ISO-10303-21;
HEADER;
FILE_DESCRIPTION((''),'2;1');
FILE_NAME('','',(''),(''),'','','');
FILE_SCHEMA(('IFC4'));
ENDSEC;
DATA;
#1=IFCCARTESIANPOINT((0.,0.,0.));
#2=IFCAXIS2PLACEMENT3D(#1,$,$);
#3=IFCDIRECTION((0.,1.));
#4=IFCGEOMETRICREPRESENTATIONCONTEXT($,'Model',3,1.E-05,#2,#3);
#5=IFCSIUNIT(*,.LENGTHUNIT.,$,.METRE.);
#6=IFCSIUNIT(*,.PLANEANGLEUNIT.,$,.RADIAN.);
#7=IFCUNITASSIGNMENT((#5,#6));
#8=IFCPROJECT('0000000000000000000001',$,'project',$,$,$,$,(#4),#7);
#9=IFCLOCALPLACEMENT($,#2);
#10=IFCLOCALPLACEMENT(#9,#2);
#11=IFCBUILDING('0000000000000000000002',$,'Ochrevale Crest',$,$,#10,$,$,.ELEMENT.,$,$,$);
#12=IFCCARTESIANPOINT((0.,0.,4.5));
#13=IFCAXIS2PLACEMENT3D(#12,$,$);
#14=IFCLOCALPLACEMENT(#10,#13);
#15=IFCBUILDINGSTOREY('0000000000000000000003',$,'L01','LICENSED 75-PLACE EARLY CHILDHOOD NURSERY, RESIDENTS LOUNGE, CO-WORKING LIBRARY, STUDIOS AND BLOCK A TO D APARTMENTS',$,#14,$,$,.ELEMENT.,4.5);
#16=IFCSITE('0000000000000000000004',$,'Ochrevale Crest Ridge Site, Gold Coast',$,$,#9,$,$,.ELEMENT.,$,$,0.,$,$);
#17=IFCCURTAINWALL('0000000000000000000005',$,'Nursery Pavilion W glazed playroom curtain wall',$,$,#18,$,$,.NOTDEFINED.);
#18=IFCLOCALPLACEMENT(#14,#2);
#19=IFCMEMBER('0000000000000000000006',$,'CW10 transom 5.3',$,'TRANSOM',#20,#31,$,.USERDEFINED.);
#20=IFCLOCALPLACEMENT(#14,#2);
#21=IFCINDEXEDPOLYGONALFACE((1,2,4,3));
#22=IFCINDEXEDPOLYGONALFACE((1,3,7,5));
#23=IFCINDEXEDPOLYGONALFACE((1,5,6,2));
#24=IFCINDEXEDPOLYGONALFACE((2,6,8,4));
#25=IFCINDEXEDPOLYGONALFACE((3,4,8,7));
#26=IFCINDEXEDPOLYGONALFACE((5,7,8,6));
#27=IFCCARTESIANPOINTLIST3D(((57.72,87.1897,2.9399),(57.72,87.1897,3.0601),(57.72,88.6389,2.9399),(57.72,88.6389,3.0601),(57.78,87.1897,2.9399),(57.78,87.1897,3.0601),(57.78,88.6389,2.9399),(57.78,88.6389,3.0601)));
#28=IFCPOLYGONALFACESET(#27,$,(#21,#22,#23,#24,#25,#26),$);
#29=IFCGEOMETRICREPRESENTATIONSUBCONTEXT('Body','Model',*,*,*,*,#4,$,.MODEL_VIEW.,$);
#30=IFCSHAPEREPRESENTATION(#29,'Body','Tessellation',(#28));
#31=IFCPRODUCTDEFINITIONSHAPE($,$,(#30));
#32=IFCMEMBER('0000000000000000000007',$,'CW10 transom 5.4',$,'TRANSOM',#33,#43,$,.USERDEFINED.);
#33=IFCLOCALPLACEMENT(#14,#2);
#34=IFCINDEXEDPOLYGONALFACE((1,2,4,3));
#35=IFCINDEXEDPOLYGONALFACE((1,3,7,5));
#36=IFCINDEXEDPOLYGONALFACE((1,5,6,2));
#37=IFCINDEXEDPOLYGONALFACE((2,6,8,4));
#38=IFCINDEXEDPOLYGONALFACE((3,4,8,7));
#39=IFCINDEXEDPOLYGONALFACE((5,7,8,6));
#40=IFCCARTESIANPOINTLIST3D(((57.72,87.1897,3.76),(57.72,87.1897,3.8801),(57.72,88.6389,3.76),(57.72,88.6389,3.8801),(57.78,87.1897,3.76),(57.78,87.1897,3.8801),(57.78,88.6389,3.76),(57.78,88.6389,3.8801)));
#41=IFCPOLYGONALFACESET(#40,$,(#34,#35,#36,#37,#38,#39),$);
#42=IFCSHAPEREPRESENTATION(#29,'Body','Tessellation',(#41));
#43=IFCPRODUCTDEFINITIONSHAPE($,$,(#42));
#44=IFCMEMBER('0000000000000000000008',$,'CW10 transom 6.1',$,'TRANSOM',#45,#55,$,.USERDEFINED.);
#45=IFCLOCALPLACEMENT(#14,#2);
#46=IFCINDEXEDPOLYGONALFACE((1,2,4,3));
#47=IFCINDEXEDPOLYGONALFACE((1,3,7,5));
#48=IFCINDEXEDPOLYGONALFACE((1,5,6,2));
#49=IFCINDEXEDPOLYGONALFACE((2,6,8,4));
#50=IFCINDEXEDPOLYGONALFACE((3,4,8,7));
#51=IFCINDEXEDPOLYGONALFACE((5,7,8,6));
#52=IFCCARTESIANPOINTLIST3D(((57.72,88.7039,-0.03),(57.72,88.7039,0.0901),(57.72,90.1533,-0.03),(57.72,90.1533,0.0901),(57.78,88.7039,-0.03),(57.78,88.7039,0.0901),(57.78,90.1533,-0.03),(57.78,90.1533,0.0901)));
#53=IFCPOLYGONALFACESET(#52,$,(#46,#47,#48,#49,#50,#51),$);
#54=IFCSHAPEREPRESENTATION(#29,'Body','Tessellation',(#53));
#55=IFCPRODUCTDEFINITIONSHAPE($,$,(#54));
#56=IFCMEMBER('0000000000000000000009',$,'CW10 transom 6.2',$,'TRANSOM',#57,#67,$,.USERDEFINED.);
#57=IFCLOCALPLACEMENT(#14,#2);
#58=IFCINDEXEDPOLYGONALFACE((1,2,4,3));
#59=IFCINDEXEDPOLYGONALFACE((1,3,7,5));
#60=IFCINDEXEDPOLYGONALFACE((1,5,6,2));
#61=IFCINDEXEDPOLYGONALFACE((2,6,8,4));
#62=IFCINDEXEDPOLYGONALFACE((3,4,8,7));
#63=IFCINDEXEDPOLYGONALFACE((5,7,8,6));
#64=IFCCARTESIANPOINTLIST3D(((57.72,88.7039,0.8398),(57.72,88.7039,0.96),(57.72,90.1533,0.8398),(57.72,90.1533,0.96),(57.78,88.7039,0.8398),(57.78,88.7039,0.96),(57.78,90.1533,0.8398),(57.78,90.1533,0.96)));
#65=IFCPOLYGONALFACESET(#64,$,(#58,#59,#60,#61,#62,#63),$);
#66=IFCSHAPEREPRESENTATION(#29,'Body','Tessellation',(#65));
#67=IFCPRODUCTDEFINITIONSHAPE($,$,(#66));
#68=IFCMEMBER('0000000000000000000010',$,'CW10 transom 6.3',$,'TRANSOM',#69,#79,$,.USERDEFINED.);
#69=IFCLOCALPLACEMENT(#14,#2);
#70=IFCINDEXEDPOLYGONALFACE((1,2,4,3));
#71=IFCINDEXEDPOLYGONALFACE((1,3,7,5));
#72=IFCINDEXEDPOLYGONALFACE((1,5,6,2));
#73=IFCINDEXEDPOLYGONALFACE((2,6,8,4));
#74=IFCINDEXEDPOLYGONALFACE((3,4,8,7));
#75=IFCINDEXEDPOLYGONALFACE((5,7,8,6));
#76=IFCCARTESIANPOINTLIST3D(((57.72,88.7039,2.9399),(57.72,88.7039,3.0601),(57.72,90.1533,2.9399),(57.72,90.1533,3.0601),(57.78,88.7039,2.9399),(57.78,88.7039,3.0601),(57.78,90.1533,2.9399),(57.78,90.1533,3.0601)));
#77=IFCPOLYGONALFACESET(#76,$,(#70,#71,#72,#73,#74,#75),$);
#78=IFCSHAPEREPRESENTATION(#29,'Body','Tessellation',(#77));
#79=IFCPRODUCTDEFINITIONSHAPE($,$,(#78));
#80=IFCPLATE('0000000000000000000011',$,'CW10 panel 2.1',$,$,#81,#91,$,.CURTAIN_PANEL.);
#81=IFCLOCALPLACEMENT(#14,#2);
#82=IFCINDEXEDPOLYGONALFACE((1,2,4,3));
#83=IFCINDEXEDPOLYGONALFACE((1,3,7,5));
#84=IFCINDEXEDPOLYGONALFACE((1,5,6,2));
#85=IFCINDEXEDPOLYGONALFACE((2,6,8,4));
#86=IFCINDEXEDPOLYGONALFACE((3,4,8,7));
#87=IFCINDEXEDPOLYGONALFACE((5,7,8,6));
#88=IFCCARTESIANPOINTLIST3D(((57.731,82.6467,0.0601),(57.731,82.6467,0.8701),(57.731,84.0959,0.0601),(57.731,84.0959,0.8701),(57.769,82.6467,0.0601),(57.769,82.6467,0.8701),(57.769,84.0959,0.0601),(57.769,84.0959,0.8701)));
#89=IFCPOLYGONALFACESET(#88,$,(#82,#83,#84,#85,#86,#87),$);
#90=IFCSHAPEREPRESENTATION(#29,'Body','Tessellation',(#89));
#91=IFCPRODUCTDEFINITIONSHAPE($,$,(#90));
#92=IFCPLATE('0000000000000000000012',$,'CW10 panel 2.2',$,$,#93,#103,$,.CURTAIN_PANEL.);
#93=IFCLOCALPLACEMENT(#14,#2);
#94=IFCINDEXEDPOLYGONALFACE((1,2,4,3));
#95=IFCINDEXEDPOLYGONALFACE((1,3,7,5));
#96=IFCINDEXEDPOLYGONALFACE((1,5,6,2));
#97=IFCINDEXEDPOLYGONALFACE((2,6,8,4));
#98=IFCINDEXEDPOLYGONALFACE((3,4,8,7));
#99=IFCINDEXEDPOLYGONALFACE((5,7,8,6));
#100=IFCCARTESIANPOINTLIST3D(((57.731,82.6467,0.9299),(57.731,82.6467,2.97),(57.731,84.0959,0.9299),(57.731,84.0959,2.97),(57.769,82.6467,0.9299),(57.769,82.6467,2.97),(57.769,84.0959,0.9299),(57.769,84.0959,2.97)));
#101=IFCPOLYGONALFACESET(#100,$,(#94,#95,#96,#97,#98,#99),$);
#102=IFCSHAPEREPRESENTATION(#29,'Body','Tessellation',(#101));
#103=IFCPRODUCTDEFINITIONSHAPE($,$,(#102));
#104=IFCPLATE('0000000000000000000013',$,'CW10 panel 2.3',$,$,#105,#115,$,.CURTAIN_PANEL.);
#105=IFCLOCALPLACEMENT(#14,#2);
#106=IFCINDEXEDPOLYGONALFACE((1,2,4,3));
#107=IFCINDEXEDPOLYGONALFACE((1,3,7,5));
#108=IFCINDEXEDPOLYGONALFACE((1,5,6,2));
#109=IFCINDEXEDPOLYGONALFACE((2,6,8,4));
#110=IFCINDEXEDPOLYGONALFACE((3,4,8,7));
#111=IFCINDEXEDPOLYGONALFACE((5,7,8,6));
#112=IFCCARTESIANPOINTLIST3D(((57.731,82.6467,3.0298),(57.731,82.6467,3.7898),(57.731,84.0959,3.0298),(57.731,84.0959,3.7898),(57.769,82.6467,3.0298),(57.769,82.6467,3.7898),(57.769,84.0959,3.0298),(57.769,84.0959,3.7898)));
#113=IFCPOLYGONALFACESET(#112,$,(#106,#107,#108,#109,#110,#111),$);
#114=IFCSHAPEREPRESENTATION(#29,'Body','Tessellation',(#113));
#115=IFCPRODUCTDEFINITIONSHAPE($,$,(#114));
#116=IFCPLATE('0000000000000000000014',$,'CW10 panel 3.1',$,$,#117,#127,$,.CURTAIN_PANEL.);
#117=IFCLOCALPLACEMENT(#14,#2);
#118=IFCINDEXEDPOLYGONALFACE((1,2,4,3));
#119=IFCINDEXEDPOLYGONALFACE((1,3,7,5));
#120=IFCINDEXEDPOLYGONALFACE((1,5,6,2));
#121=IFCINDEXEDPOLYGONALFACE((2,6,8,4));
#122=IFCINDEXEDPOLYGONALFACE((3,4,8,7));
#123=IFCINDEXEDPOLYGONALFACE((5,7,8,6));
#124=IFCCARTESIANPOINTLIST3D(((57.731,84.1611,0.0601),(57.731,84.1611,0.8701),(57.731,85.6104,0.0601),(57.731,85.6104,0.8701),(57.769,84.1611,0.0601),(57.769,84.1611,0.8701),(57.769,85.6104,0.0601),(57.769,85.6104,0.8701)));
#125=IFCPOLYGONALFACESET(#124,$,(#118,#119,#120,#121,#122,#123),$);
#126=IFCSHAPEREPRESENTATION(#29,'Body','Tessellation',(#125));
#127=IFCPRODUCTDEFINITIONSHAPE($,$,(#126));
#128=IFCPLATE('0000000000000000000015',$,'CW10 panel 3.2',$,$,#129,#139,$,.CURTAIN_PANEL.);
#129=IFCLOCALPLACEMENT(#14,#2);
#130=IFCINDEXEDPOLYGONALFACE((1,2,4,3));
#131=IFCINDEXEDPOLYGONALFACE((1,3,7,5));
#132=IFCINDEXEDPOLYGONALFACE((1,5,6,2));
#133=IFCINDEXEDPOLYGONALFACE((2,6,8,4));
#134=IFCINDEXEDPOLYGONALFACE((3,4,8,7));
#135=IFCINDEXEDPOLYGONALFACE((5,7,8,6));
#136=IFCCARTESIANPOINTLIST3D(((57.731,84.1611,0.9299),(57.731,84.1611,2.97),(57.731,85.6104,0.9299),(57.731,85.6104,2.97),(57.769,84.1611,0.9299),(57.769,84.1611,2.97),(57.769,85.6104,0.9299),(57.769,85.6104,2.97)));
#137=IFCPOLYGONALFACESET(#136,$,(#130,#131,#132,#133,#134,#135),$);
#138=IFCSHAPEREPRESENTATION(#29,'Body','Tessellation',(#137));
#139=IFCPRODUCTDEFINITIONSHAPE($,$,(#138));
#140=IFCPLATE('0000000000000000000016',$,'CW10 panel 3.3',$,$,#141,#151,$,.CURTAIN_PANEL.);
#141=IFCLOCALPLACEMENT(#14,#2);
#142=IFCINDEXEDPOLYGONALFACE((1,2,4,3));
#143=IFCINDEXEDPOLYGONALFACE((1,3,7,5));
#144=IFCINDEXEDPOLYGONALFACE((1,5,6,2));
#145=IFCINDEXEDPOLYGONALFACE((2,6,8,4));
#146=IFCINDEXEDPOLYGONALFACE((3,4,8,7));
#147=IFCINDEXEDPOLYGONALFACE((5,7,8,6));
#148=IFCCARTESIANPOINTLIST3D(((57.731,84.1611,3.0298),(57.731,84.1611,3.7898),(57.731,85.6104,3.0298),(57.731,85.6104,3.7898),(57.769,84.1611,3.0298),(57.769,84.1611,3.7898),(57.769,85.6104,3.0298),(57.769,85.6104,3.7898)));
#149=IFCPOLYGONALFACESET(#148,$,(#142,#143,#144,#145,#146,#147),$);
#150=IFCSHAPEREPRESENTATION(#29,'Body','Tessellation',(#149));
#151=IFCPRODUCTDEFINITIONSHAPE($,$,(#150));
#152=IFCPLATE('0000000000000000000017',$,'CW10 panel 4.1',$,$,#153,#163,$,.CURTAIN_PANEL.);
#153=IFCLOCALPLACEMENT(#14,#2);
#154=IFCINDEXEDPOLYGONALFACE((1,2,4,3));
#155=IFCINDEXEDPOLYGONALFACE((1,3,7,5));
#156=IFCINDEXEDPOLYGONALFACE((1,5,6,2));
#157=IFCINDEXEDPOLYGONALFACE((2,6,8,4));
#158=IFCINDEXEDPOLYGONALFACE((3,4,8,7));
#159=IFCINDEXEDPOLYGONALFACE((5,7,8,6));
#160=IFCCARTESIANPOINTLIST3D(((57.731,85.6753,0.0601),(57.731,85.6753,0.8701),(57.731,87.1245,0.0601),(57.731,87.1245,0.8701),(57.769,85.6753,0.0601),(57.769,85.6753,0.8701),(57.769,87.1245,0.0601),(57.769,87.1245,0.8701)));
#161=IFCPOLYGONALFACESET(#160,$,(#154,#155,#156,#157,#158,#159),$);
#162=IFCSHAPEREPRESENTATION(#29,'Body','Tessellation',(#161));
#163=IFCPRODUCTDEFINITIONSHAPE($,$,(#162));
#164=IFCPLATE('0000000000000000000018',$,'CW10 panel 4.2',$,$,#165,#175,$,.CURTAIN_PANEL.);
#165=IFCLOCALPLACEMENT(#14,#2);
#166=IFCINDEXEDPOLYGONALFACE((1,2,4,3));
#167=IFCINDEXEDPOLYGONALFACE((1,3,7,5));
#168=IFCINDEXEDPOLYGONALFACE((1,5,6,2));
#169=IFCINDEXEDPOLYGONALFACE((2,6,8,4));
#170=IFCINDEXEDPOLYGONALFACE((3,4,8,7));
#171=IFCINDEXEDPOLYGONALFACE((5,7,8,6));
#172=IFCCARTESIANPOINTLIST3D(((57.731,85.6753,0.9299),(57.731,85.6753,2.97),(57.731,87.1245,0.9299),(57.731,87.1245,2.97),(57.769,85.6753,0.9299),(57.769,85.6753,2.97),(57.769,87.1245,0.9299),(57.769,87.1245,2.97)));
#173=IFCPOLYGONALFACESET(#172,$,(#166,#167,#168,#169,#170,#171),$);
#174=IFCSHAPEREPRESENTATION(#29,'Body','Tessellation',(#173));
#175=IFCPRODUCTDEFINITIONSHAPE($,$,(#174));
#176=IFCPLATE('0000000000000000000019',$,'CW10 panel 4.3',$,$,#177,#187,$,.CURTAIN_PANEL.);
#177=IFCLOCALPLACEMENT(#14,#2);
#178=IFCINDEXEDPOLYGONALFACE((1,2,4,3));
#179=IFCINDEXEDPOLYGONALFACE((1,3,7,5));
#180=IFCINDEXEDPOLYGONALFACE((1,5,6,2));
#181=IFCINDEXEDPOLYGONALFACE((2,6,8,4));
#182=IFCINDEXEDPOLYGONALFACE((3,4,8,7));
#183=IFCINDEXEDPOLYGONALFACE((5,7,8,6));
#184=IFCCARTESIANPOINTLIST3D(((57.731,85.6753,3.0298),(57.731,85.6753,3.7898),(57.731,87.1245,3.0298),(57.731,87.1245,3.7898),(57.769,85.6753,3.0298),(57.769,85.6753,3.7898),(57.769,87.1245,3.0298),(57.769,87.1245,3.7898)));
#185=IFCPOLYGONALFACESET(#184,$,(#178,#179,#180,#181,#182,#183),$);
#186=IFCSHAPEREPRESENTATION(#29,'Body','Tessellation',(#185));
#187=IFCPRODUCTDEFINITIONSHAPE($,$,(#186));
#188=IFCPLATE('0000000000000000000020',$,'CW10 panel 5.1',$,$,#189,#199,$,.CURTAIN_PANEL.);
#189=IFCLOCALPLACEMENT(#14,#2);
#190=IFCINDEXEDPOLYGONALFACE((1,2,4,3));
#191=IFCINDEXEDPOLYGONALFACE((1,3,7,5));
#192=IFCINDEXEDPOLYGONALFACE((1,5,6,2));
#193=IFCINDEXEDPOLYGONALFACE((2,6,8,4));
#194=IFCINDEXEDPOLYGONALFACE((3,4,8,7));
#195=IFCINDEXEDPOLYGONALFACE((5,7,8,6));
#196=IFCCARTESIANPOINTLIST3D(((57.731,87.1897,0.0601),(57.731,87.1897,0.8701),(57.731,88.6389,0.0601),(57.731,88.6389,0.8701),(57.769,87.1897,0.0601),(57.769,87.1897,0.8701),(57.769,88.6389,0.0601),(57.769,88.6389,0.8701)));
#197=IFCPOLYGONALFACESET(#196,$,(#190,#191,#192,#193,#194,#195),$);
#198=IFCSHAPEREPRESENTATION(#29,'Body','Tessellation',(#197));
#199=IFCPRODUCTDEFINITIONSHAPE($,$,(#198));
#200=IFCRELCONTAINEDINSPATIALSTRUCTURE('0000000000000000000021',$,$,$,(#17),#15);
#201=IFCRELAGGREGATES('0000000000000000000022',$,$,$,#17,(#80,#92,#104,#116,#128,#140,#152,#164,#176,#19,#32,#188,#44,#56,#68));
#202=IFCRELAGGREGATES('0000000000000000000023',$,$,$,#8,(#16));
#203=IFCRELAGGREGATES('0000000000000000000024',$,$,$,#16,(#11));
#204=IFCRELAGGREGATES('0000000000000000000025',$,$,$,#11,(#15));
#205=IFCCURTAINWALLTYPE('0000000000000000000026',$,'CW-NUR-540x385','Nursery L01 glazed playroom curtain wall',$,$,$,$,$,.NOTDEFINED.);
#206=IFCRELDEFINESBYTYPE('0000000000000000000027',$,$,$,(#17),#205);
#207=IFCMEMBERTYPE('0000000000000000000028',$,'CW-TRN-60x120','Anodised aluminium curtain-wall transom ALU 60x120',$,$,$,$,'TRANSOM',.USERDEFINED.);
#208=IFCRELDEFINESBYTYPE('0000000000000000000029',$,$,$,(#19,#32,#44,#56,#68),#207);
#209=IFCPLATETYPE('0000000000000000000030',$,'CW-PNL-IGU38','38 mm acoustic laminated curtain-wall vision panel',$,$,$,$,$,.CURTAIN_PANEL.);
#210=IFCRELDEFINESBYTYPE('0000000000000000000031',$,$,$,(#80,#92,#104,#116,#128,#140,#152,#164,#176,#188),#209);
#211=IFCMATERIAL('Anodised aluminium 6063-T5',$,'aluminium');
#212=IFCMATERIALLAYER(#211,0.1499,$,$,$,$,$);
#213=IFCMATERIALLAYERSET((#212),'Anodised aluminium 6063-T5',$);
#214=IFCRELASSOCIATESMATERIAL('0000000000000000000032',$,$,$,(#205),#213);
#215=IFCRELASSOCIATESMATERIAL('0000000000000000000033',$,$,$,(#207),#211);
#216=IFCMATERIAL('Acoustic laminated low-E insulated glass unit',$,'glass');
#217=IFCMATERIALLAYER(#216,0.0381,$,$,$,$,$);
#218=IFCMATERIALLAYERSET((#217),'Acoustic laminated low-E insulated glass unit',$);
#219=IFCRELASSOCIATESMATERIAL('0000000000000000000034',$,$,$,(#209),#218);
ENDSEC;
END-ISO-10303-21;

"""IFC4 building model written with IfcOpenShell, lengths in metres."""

from ifc_helpers import new_model, si_unit, direction, frame, origin, origin_2d, place, context, subcontext, project, spatial, rectangle, extrude, material, layer, layer_set, material_profile, profile_set, type_object, element, aggregate, save


model = new_model("IFC4")

# Units and contexts
model_context = context("Model", 3, precision=1e-05, world=origin(), true_north=direction((0.0, 1.0)))
body_context = subcontext(model_context, "Body", "Model", "MODEL_VIEW")
ifc_project = project(units=[si_unit("LENGTHUNIT", "METRE"), si_unit("PLANEANGLEUNIT", "RADIAN")], contexts=[model_context])

# Site, building, storey
site_placement = place(None, origin())
site = spatial("IfcSite", under=ifc_project, at=site_placement, Name="Ochrevale Crest Ridge Site, Gold Coast", CompositionType="ELEMENT", RefElevation=0.0)
building_placement = place(site_placement, origin())
building = spatial("IfcBuilding", under=site, at=building_placement, Name="Ochrevale Crest", CompositionType="ELEMENT")
storey_placement = place(building_placement, frame((0.0, 0.0, 4.5)))
storey = spatial("IfcBuildingStorey", under=building, at=storey_placement, Name="L01", Description="LICENSED 75-PLACE EARLY CHILDHOOD NURSERY, RESIDENTS LOUNGE, CO-WORKING LIBRARY, STUDIOS AND BLOCK A TO D APARTMENTS", CompositionType="ELEMENT", Elevation=4.5)

# Curtain wall, members, plates
ifc_material_1 = material(Name="Anodised aluminium 6063-T5", Category="aluminium")
ifc_layer_1 = layer(ifc_material_1, 0.1499)
ifc_layer_set_1 = layer_set([ifc_layer_1], Name="Anodised aluminium 6063-T5")
curtain_wall_type = type_object("IfcCurtainWallType", Name="CW-NUR-540x385", Description="Nursery L01 glazed playroom curtain wall", PredefinedType="NOTDEFINED", material=ifc_layer_set_1)
curtain_wall_placement = place(storey_placement, origin())
curtain_wall = element("IfcCurtainWall", 1, at=curtain_wall_placement, inside=storey, type_object=curtain_wall_type, Name="Nursery Pavilion W glazed playroom curtain wall", PredefinedType="NOTDEFINED")
ifc_material_profile_1 = material_profile(ifc_material_1, rectangle(XDim=0.0601, YDim=0.1201, at=origin_2d()), Name="ALU 60x120")
ifc_profile_set_1 = profile_set([ifc_material_profile_1], Name="Anodised aluminium 6063-T5")
member_type_1 = type_object("IfcMemberType", Name="CW-TRN-60x120", Description="Anodised aluminium curtain-wall transom ALU 60x120", ElementType="TRANSOM", PredefinedType="USERDEFINED", material=ifc_profile_set_1)
member_1_placement = place(storey_placement, frame((57.75, 87.1897, 3.0), z_axis=(0.0, 1.0, 0.0), x_axis=(-1.0, 0.0, 0.0)))
member_1 = element("IfcMember", 2, at=member_1_placement, type_object=member_type_1, Name="CW10 transom 5.3", ObjectType="TRANSOM", PredefinedType="USERDEFINED", context=body_context, shape_type="SweptSolid", body=[
    extrude(rectangle(XDim=0.0601, YDim=0.1201, at=origin_2d()), origin(), (0.0, 0.0, 1.0), 1.4492),
])
member_2_placement = place(storey_placement, frame((57.75, 87.1897, 3.8201), z_axis=(0.0, 1.0, 0.0), x_axis=(-1.0, 0.0, 0.0)))
member_2 = element("IfcMember", 3, at=member_2_placement, type_object=member_type_1, Name="CW10 transom 5.4", ObjectType="TRANSOM", PredefinedType="USERDEFINED", context=body_context, shape_type="SweptSolid", body=[
    extrude(rectangle(XDim=0.0601, YDim=0.1201, at=origin_2d()), origin(), (0.0, 0.0, 1.0), 1.4492),
])
member_3_placement = place(storey_placement, frame((57.75, 88.7039, 0.03), z_axis=(0.0, 1.0, 0.0), x_axis=(-1.0, 0.0, 0.0)))
member_3 = element("IfcMember", 4, at=member_3_placement, type_object=member_type_1, Name="CW10 transom 6.1", ObjectType="TRANSOM", PredefinedType="USERDEFINED", context=body_context, shape_type="SweptSolid", body=[
    extrude(rectangle(XDim=0.0601, YDim=0.1201, at=origin_2d()), origin(), (0.0, 0.0, 1.0), 1.4495),
])
member_4_placement = place(storey_placement, frame((57.75, 88.7039, 0.8999), z_axis=(0.0, 1.0, 0.0), x_axis=(-1.0, 0.0, 0.0)))
member_4 = element("IfcMember", 5, at=member_4_placement, type_object=member_type_1, Name="CW10 transom 6.2", ObjectType="TRANSOM", PredefinedType="USERDEFINED", context=body_context, shape_type="SweptSolid", body=[
    extrude(rectangle(XDim=0.0601, YDim=0.1201, at=origin_2d()), origin(), (0.0, 0.0, 1.0), 1.4495),
])
member_5_placement = place(storey_placement, frame((57.75, 88.7039, 3.0), z_axis=(0.0, 1.0, 0.0), x_axis=(-1.0, 0.0, 0.0)))
member_5 = element("IfcMember", 6, at=member_5_placement, type_object=member_type_1, Name="CW10 transom 6.3", ObjectType="TRANSOM", PredefinedType="USERDEFINED", context=body_context, shape_type="SweptSolid", body=[
    extrude(rectangle(XDim=0.0601, YDim=0.1201, at=origin_2d()), origin(), (0.0, 0.0, 1.0), 1.4495),
])
ifc_material_2 = material(Name="Acoustic laminated low-E insulated glass unit", Category="glass")
ifc_layer_2 = layer(ifc_material_2, 0.0381)
ifc_layer_set_2 = layer_set([ifc_layer_2], Name="Acoustic laminated low-E insulated glass unit")
plate_type = type_object("IfcPlateType", Name="CW-PNL-IGU38", Description="38 mm acoustic laminated curtain-wall vision panel", PredefinedType="CURTAIN_PANEL", material=ifc_layer_set_2)
plate_1_placement = place(storey_placement, frame((57.75, 83.3713, 0.0601), z_axis=(0.0, 0.0, 1.0), x_axis=(0.0, 1.0, 0.0)))
plate_1 = element("IfcPlate", 7, at=plate_1_placement, type_object=plate_type, Name="CW10 panel 2.1", PredefinedType="CURTAIN_PANEL", context=body_context, shape_type="SweptSolid", body=[
    extrude(rectangle(XDim=1.4492, YDim=0.0381, at=origin_2d()), origin(), (0.0, 0.0, 1.0), 0.8101),
])
plate_2_placement = place(storey_placement, frame((57.75, 83.3713, 0.9299), z_axis=(0.0, 0.0, 1.0), x_axis=(0.0, 1.0, 0.0)))
plate_2 = element("IfcPlate", 8, at=plate_2_placement, type_object=plate_type, Name="CW10 panel 2.2", PredefinedType="CURTAIN_PANEL", context=body_context, shape_type="SweptSolid", body=[
    extrude(rectangle(XDim=1.4492, YDim=0.0381, at=origin_2d()), origin(), (0.0, 0.0, 1.0), 2.04),
])
plate_3_placement = place(storey_placement, frame((57.75, 83.3713, 3.0298), z_axis=(0.0, 0.0, 1.0), x_axis=(0.0, 1.0, 0.0)))
plate_3 = element("IfcPlate", 9, at=plate_3_placement, type_object=plate_type, Name="CW10 panel 2.3", PredefinedType="CURTAIN_PANEL", context=body_context, shape_type="SweptSolid", body=[
    extrude(rectangle(XDim=1.4492, YDim=0.0381, at=origin_2d()), origin(), (0.0, 0.0, 1.0), 0.76),
])
plate_4_placement = place(storey_placement, frame((57.75, 84.8857, 0.0601), z_axis=(0.0, 0.0, 1.0), x_axis=(0.0, 1.0, 0.0)))
plate_4 = element("IfcPlate", 10, at=plate_4_placement, type_object=plate_type, Name="CW10 panel 3.1", PredefinedType="CURTAIN_PANEL", context=body_context, shape_type="SweptSolid", body=[
    extrude(rectangle(XDim=1.4492, YDim=0.0381, at=origin_2d()), origin(), (0.0, 0.0, 1.0), 0.8101),
])
plate_5_placement = place(storey_placement, frame((57.75, 84.8857, 0.9299), z_axis=(0.0, 0.0, 1.0), x_axis=(0.0, 1.0, 0.0)))
plate_5 = element("IfcPlate", 11, at=plate_5_placement, type_object=plate_type, Name="CW10 panel 3.2", PredefinedType="CURTAIN_PANEL", context=body_context, shape_type="SweptSolid", body=[
    extrude(rectangle(XDim=1.4492, YDim=0.0381, at=origin_2d()), origin(), (0.0, 0.0, 1.0), 2.04),
])
plate_6_placement = place(storey_placement, frame((57.75, 84.8857, 3.0298), z_axis=(0.0, 0.0, 1.0), x_axis=(0.0, 1.0, 0.0)))
plate_6 = element("IfcPlate", 12, at=plate_6_placement, type_object=plate_type, Name="CW10 panel 3.3", PredefinedType="CURTAIN_PANEL", context=body_context, shape_type="SweptSolid", body=[
    extrude(rectangle(XDim=1.4492, YDim=0.0381, at=origin_2d()), origin(), (0.0, 0.0, 1.0), 0.76),
])
plate_7_placement = place(storey_placement, frame((57.75, 86.3999, 0.0601), z_axis=(0.0, 0.0, 1.0), x_axis=(0.0, 1.0, 0.0)))
plate_7 = element("IfcPlate", 13, at=plate_7_placement, type_object=plate_type, Name="CW10 panel 4.1", PredefinedType="CURTAIN_PANEL", context=body_context, shape_type="SweptSolid", body=[
    extrude(rectangle(XDim=1.4492, YDim=0.0381, at=origin_2d()), origin(), (0.0, 0.0, 1.0), 0.8101),
])
plate_8_placement = place(storey_placement, frame((57.75, 86.3999, 0.9299), z_axis=(0.0, 0.0, 1.0), x_axis=(0.0, 1.0, 0.0)))
plate_8 = element("IfcPlate", 14, at=plate_8_placement, type_object=plate_type, Name="CW10 panel 4.2", PredefinedType="CURTAIN_PANEL", context=body_context, shape_type="SweptSolid", body=[
    extrude(rectangle(XDim=1.4492, YDim=0.0381, at=origin_2d()), origin(), (0.0, 0.0, 1.0), 2.04),
])
plate_9_placement = place(storey_placement, frame((57.75, 86.3999, 3.0298), z_axis=(0.0, 0.0, 1.0), x_axis=(0.0, 1.0, 0.0)))
plate_9 = element("IfcPlate", 15, at=plate_9_placement, type_object=plate_type, Name="CW10 panel 4.3", PredefinedType="CURTAIN_PANEL", context=body_context, shape_type="SweptSolid", body=[
    extrude(rectangle(XDim=1.4492, YDim=0.0381, at=origin_2d()), origin(), (0.0, 0.0, 1.0), 0.76),
])
plate_10_placement = place(storey_placement, frame((57.75, 87.9143, 0.0601), z_axis=(0.0, 0.0, 1.0), x_axis=(0.0, 1.0, 0.0)))
plate_10 = element("IfcPlate", 16, at=plate_10_placement, type_object=plate_type, Name="CW10 panel 5.1", PredefinedType="CURTAIN_PANEL", context=body_context, shape_type="SweptSolid", body=[
    extrude(rectangle(XDim=1.4492, YDim=0.0381, at=origin_2d()), origin(), (0.0, 0.0, 1.0), 0.8101),
])
aggregate(curtain_wall, [plate_1, plate_2, plate_3, plate_4, plate_5, plate_6, plate_7, plate_8, plate_9, member_1, member_2, plate_10, member_3, member_4, member_5])

save(model, "model.ifc")
